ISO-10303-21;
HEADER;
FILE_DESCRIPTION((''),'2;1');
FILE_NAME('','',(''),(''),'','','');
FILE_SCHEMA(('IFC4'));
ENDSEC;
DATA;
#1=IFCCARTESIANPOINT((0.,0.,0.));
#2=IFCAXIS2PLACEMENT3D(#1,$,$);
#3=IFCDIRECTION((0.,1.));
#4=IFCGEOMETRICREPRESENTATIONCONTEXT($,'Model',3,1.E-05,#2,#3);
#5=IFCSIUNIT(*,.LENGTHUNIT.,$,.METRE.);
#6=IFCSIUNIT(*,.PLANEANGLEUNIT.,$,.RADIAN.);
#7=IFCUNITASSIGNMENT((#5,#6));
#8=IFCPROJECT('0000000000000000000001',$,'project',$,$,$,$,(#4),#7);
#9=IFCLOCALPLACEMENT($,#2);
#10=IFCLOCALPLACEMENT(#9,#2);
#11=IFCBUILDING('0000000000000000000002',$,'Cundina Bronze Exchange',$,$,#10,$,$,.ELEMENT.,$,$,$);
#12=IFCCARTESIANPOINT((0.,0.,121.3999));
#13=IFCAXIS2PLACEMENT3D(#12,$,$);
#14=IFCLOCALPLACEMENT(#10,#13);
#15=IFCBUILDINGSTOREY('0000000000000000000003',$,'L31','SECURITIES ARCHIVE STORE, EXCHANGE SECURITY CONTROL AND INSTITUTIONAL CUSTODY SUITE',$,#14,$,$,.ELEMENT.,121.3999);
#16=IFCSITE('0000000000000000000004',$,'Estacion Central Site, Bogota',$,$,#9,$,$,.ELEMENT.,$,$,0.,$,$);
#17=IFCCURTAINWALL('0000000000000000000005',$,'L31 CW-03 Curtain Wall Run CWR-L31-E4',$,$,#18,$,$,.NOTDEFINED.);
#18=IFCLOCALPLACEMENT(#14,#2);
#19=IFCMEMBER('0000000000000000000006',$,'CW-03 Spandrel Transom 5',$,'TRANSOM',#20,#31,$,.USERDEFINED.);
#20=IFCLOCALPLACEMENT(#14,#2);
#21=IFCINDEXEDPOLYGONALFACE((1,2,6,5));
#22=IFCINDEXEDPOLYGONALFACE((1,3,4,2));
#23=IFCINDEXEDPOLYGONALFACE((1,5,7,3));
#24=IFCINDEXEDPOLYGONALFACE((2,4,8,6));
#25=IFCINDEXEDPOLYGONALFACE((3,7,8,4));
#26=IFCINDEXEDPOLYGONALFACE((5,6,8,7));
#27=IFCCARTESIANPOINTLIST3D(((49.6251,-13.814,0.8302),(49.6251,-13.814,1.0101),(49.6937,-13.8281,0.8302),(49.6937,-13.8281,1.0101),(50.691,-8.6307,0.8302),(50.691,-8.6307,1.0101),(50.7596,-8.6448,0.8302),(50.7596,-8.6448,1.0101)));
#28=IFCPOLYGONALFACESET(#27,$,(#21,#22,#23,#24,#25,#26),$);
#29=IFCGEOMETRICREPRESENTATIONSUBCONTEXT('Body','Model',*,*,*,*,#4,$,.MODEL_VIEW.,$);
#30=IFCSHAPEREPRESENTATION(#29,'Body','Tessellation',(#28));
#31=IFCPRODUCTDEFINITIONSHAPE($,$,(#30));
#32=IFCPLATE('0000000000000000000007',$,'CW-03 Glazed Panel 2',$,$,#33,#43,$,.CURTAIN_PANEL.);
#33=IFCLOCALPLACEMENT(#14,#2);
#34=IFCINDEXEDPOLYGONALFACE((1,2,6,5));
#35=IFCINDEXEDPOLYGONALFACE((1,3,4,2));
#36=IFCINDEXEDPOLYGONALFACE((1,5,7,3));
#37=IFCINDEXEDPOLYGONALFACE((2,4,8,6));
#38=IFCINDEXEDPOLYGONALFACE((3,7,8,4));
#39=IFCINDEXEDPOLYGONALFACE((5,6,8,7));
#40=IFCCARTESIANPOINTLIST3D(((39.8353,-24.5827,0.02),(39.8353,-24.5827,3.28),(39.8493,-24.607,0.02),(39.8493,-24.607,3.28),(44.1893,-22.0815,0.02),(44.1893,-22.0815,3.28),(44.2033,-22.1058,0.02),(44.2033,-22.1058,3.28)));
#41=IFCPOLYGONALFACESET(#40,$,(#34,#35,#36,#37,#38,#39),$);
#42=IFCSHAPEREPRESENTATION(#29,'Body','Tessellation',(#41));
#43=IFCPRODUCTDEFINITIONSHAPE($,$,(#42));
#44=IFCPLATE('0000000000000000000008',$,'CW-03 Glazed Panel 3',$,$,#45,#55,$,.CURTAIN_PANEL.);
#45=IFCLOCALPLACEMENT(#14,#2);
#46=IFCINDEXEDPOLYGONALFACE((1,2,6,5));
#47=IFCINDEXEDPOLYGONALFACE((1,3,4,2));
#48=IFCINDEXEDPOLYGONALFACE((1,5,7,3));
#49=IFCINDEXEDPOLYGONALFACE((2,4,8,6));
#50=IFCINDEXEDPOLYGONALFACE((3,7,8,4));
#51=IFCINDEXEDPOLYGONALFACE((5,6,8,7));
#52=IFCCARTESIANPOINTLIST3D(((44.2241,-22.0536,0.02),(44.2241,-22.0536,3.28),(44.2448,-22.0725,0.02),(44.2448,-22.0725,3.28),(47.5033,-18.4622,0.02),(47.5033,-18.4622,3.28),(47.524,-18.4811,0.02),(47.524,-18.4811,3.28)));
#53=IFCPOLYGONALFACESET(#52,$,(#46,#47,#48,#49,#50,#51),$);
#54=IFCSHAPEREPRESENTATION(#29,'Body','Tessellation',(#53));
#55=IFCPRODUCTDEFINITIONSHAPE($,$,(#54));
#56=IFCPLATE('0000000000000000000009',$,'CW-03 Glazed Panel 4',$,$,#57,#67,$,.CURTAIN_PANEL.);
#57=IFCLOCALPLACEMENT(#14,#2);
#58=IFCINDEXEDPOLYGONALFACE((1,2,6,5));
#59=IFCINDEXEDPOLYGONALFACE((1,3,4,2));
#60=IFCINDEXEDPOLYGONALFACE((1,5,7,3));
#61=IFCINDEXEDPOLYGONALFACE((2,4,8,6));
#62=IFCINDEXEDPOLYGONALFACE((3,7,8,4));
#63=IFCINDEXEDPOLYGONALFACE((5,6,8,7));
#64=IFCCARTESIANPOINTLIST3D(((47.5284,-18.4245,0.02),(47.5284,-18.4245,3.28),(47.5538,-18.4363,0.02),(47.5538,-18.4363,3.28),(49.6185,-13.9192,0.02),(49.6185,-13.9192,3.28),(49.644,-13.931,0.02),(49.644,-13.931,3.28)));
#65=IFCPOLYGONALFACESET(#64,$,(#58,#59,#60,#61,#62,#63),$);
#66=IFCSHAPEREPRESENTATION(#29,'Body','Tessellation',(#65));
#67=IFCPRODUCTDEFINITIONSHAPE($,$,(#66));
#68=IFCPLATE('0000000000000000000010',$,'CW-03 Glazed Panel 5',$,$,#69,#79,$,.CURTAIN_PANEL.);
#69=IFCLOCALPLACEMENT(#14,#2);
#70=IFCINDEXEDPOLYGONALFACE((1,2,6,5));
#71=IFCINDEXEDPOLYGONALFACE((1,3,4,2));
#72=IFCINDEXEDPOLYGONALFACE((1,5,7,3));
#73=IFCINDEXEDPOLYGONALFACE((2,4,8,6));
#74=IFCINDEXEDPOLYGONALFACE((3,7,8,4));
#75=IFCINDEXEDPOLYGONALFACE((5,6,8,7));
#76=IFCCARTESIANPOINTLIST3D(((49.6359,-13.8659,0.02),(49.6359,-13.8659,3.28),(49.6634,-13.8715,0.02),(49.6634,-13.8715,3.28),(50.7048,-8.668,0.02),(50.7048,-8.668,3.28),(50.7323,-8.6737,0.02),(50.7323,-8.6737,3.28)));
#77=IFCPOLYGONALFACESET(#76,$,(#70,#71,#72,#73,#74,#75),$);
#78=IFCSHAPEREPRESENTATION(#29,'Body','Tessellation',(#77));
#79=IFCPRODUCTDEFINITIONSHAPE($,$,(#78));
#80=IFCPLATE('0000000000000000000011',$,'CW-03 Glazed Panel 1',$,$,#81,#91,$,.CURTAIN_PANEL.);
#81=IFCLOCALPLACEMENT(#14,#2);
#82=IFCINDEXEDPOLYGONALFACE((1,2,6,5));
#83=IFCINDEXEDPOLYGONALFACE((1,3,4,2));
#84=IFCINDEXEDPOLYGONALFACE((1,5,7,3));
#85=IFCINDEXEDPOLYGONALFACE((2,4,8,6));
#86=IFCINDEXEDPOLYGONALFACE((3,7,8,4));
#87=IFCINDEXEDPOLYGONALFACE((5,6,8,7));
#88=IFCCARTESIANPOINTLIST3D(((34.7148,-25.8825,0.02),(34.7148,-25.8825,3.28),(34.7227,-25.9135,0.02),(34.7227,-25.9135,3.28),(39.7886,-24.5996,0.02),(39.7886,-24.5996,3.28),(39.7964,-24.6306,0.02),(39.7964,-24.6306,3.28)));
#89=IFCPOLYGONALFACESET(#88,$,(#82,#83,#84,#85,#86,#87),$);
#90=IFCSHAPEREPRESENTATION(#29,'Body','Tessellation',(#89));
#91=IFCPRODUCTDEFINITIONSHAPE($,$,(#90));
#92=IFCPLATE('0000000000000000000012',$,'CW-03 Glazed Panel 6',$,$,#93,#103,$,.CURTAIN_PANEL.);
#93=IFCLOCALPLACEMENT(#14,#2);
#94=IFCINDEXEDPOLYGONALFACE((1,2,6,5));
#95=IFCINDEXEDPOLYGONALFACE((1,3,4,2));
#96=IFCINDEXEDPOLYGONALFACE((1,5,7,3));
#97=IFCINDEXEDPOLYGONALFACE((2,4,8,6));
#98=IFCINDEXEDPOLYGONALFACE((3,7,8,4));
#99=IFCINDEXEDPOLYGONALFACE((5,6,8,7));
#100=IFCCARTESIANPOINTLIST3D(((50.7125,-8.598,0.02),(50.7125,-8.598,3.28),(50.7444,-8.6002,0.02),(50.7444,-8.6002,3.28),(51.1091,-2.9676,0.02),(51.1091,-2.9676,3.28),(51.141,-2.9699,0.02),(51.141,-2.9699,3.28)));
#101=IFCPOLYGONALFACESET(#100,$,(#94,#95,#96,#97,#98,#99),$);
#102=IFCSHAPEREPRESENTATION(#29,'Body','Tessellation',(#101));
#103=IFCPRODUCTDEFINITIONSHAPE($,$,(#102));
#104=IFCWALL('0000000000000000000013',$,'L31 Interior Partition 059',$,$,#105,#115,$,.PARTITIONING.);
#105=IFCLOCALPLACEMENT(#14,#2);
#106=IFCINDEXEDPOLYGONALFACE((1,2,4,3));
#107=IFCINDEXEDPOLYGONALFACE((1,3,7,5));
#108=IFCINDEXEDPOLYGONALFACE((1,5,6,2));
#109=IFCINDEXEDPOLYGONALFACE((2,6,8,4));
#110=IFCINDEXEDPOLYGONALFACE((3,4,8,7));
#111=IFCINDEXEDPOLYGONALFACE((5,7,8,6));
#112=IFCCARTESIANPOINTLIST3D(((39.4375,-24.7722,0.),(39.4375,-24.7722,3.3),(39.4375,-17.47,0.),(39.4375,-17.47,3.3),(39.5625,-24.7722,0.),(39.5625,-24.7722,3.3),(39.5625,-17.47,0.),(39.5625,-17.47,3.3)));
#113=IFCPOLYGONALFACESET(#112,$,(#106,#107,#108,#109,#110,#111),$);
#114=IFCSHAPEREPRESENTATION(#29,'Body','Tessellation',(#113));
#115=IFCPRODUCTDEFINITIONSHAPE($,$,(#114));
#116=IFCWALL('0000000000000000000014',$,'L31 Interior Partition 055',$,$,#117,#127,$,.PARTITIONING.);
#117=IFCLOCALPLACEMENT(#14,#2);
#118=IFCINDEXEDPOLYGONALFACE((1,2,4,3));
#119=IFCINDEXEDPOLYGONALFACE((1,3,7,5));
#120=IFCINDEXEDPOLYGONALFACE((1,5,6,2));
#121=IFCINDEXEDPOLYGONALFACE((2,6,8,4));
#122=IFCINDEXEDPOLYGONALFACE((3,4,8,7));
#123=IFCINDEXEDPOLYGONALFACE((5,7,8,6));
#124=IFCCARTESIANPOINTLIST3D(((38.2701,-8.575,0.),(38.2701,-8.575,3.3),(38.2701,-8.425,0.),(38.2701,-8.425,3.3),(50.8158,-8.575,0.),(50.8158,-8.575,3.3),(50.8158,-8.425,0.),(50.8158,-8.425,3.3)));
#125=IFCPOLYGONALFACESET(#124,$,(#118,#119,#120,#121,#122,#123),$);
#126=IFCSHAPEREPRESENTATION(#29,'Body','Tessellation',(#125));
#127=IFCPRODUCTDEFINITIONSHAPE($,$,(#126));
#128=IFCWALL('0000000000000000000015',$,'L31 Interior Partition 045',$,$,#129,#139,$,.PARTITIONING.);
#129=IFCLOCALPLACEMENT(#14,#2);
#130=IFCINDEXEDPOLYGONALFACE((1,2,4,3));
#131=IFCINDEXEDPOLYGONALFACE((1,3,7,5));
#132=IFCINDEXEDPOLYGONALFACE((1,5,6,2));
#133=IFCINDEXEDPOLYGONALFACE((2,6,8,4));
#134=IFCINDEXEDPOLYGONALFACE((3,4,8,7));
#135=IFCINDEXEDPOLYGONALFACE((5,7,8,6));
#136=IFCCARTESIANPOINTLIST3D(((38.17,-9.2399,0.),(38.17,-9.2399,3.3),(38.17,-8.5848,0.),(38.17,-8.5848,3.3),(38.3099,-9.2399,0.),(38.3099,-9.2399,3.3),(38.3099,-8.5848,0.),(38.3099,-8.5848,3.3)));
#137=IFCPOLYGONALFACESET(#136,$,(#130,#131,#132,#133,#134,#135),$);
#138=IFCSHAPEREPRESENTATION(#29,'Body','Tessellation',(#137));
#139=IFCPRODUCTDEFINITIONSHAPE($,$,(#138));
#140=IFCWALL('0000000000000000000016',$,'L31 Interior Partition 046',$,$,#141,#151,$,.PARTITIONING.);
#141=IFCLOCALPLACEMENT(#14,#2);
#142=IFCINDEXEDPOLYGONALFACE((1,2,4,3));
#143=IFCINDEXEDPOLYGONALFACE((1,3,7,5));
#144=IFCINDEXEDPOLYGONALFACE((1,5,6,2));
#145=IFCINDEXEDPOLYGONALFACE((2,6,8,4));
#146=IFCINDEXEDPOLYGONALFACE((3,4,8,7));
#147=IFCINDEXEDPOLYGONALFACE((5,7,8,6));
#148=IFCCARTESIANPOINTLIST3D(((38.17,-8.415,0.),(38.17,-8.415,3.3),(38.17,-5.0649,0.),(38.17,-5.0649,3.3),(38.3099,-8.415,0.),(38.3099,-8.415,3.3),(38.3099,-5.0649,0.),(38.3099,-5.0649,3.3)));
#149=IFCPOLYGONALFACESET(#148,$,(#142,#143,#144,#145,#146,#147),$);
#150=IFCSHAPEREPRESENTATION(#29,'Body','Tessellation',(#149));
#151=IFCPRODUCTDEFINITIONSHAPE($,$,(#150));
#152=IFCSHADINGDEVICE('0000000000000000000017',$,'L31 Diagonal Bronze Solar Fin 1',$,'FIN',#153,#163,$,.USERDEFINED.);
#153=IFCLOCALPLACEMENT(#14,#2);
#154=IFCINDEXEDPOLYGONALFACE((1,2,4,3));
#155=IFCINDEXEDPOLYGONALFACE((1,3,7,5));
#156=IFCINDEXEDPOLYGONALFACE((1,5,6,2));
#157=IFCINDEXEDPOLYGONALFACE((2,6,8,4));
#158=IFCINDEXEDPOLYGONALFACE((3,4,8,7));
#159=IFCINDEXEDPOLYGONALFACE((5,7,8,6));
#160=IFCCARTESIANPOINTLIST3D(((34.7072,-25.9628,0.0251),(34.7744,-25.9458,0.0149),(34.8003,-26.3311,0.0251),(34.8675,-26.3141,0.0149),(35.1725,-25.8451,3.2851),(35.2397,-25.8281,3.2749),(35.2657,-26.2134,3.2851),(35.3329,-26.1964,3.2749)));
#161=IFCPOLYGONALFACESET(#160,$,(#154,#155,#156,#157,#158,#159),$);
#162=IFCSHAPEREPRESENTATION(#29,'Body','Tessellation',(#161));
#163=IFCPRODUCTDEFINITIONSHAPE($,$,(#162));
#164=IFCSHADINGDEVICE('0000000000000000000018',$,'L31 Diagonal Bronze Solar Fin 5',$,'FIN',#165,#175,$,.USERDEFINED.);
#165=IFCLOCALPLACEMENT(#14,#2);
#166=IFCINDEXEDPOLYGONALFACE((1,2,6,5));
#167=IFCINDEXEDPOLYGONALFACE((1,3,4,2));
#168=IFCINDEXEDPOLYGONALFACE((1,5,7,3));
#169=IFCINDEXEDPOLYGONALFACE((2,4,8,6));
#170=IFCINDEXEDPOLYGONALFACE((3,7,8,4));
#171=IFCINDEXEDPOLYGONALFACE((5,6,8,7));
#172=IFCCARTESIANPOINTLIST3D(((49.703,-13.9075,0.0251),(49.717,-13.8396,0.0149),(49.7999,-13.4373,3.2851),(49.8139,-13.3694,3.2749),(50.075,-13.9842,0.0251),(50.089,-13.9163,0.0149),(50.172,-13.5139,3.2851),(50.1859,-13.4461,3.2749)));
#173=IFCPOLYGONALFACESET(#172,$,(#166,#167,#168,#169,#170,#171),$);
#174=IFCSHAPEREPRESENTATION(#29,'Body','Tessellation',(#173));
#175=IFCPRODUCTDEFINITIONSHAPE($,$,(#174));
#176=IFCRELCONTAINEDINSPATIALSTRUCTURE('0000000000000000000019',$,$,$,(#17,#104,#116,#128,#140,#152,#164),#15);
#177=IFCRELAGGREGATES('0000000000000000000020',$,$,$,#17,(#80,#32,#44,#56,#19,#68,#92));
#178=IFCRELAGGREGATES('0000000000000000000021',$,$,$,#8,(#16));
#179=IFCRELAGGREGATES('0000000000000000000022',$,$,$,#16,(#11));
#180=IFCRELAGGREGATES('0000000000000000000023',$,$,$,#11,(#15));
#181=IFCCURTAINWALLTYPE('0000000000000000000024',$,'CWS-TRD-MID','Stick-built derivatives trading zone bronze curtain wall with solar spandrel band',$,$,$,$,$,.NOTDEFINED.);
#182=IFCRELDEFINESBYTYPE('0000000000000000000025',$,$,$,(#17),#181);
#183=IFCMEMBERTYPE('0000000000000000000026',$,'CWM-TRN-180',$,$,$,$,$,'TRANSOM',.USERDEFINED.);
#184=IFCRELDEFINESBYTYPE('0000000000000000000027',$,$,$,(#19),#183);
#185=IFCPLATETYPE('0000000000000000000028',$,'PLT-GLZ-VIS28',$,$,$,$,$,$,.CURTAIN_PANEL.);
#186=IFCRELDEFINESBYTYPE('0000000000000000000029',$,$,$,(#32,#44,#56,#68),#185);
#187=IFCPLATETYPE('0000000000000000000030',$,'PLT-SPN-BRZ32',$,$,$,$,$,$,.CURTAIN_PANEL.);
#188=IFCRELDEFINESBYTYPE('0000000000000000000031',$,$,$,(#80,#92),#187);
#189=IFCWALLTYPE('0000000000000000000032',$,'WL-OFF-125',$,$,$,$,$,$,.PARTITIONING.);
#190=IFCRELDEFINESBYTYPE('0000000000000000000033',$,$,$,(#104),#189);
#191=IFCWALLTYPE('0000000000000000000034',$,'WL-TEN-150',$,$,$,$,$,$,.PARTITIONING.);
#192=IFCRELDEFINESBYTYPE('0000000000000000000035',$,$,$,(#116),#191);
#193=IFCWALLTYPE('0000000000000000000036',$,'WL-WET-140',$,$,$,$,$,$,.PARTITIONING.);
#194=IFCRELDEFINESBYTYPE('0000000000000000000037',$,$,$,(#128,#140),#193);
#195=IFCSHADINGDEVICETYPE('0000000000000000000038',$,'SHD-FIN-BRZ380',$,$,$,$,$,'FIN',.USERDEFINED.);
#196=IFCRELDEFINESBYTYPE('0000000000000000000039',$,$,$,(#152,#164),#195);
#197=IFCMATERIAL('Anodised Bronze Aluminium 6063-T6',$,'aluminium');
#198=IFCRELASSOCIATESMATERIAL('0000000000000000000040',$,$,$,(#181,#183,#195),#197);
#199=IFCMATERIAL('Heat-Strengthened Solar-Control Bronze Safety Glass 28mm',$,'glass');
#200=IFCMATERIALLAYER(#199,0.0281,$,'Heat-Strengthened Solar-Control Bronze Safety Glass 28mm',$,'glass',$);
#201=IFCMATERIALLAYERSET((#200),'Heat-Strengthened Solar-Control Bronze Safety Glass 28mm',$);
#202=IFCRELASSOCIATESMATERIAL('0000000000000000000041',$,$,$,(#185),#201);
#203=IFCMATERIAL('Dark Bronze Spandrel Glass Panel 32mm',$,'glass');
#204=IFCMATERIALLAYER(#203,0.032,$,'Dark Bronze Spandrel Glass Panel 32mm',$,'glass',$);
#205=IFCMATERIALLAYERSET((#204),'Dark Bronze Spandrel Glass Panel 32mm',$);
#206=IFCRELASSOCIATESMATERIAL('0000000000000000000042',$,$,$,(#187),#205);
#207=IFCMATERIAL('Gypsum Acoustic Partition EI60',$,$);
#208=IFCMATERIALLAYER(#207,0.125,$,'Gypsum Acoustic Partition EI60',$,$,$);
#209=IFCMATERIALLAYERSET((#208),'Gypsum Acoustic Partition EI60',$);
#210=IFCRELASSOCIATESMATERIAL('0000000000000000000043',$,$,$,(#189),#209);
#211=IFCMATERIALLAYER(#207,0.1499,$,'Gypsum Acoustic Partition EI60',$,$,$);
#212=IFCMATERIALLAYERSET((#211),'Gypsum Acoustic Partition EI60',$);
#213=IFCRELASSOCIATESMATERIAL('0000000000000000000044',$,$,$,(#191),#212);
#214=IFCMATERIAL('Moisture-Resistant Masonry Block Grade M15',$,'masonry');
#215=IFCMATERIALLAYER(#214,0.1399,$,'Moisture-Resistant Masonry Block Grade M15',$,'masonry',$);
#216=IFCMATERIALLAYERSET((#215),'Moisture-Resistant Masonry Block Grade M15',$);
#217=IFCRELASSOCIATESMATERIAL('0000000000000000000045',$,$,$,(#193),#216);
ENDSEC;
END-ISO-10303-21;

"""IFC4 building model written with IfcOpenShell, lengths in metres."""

from ifc_helpers import new_model, si_unit, direction, frame, frame_2d, origin, origin_2d, place, context, subcontext, project, spatial, rectangle, extrude, material, layer, layer_set, material_profile, profile_set, type_object, element, aggregate, save


model = new_model("IFC4")

# Units and contexts
model_context = context("Model", 3, precision=1e-05, world=origin(), true_north=direction((0.0, 1.0)))
body_context = subcontext(model_context, "Body", "Model", "MODEL_VIEW")
ifc_project = project(units=[si_unit("LENGTHUNIT", "METRE"), si_unit("PLANEANGLEUNIT", "RADIAN")], contexts=[model_context])

# Site, building, storey
site_placement = place(None, origin())
site = spatial("IfcSite", under=ifc_project, at=site_placement, Name="Estacion Central Site, Bogota", CompositionType="ELEMENT", RefElevation=0.0)
building_placement = place(site_placement, origin())
building = spatial("IfcBuilding", under=site, at=building_placement, Name="Cundina Bronze Exchange", CompositionType="ELEMENT")
storey_placement = place(building_placement, frame((0.0, 0.0, 121.3999)))
storey = spatial("IfcBuildingStorey", under=building, at=storey_placement, Name="L31", Description="SECURITIES ARCHIVE STORE, EXCHANGE SECURITY CONTROL AND INSTITUTIONAL CUSTODY SUITE", CompositionType="ELEMENT", Elevation=121.3999)

# Curtain wall, member, plates
ifc_material_1 = material(Name="Anodised Bronze Aluminium 6063-T6", Category="aluminium")
curtain_wall_type = type_object("IfcCurtainWallType", Name="CWS-TRD-MID", Description="Stick-built derivatives trading zone bronze curtain wall with solar spandrel band", PredefinedType="NOTDEFINED", material=ifc_material_1)
curtain_wall_placement = place(storey_placement, origin())
curtain_wall = element("IfcCurtainWall", 1, at=curtain_wall_placement, inside=storey, type_object=curtain_wall_type, Name="L31 CW-03 Curtain Wall Run CWR-L31-E4", PredefinedType="NOTDEFINED")
ifc_material_profile_1 = material_profile(ifc_material_1, rectangle(XDim=0.0701, YDim=0.1799, at=origin_2d()), Name="AL70X180", Category="aluminium")
ifc_profile_set_1 = profile_set([ifc_material_profile_1], Name="Anodised Bronze Aluminium 6063-T6")
member_type_1 = type_object("IfcMemberType", Name="CWM-TRN-180", ElementType="TRANSOM", PredefinedType="USERDEFINED", material=ifc_profile_set_1)
member_1_placement = place(storey_placement, frame((49.6594, -13.821, 0.9202), z_axis=(0.201428, 0.979503, 0.0), x_axis=(-0.979503, 0.201428, 0.0)))
member_1 = element("IfcMember", 2, at=member_1_placement, type_object=member_type_1, Name="CW-03 Spandrel Transom 5", ObjectType="TRANSOM", PredefinedType="USERDEFINED", context=body_context, shape_type="SweptSolid", body=[
    extrude(rectangle(XDim=0.0701, YDim=0.1799, at=origin_2d()), origin(), (0.0, 0.0, 1.0), 5.2917),
])
ifc_material_2 = material(Name="Heat-Strengthened Solar-Control Bronze Safety Glass 28mm", Category="glass")
ifc_layer_1 = layer(ifc_material_2, 0.0281, Name="Heat-Strengthened Solar-Control Bronze Safety Glass 28mm", Category="glass")
ifc_layer_set_1 = layer_set([ifc_layer_1], Name="Heat-Strengthened Solar-Control Bronze Safety Glass 28mm")
plate_type_1 = type_object("IfcPlateType", Name="PLT-GLZ-VIS28", PredefinedType="CURTAIN_PANEL", material=ifc_layer_set_1)
plate_1_placement = place(storey_placement, frame((42.0193, -23.3442, 0.02), z_axis=(0.0, 0.0, 1.0), x_axis=(0.867105, 0.498125, 0.0)))
plate_1 = element("IfcPlate", 3, at=plate_1_placement, type_object=plate_type_1, Name="CW-03 Glazed Panel 2", PredefinedType="CURTAIN_PANEL", context=body_context, shape_type="SweptSolid", body=[
    extrude(rectangle(XDim=5.0212, YDim=0.0281, at=origin_2d()), origin(), (0.0, 0.0, 1.0), 3.26),
])
plate_2_placement = place(storey_placement, frame((45.874, -20.2673, 0.02), z_axis=(0.0, 0.0, 1.0), x_axis=(0.674277, 0.738479, 0.0)))
plate_2 = element("IfcPlate", 4, at=plate_2_placement, type_object=plate_type_1, Name="CW-03 Glazed Panel 3", PredefinedType="CURTAIN_PANEL", context=body_context, shape_type="SweptSolid", body=[
    extrude(rectangle(XDim=4.8633, YDim=0.0281, at=origin_2d()), origin(), (0.0, 0.0, 1.0), 3.26),
])
plate_3_placement = place(storey_placement, frame((48.5862, -16.1777, 0.02), z_axis=(0.0, 0.0, 1.0), x_axis=(0.420846, 0.907132, 0.0)))
plate_3 = element("IfcPlate", 5, at=plate_3_placement, type_object=plate_type_1, Name="CW-03 Glazed Panel 4", PredefinedType="CURTAIN_PANEL", context=body_context, shape_type="SweptSolid", body=[
    extrude(rectangle(XDim=4.9666, YDim=0.0281, at=origin_2d()), origin(), (0.0, 0.0, 1.0), 3.26),
])
plate_4_placement = place(storey_placement, frame((50.1841, -11.2698, 0.02), z_axis=(0.0, 0.0, 1.0), x_axis=(0.20142, 0.979505, 0.0)))
plate_4 = element("IfcPlate", 6, at=plate_4_placement, type_object=plate_type_1, Name="CW-03 Glazed Panel 5", PredefinedType="CURTAIN_PANEL", context=body_context, shape_type="SweptSolid", body=[
    extrude(rectangle(XDim=5.3066, YDim=0.0281, at=origin_2d()), origin(), (0.0, 0.0, 1.0), 3.26),
])
ifc_material_3 = material(Name="Dark Bronze Spandrel Glass Panel 32mm", Category="glass")
ifc_layer_2 = layer(ifc_material_3, 0.032, Name="Dark Bronze Spandrel Glass Panel 32mm", Category="glass")
ifc_layer_set_2 = layer_set([ifc_layer_2], Name="Dark Bronze Spandrel Glass Panel 32mm")
plate_type_2 = type_object("IfcPlateType", Name="PLT-SPN-BRZ32", PredefinedType="CURTAIN_PANEL", material=ifc_layer_set_2)
plate_5_placement = place(storey_placement, frame((37.2556, -25.2566, 0.02), z_axis=(0.0, 0.0, 1.0), x_axis=(0.969488, 0.245138, 0.0)))
plate_5 = element("IfcPlate", 7, at=plate_5_placement, type_object=plate_type_2, Name="CW-03 Glazed Panel 1", PredefinedType="CURTAIN_PANEL", context=body_context, shape_type="SweptSolid", body=[
    extrude(rectangle(XDim=5.2334, YDim=0.032, at=origin_2d()), origin(), (0.0, 0.0, 1.0), 3.26),
])
plate_6_placement = place(storey_placement, frame((50.9268, -5.7839, 0.02), z_axis=(0.0, 0.0, 1.0), x_axis=(0.070279, 0.997527, 0.0)))
plate_6 = element("IfcPlate", 8, at=plate_6_placement, type_object=plate_type_2, Name="CW-03 Glazed Panel 6", PredefinedType="CURTAIN_PANEL", context=body_context, shape_type="SweptSolid", body=[
    extrude(rectangle(XDim=5.6443, YDim=0.032, at=origin_2d()), origin(), (0.0, 0.0, 1.0), 3.26),
])
aggregate(curtain_wall, [plate_5, plate_1, plate_2, plate_3, member_1, plate_4, plate_6])

# Walls
ifc_material_4 = material(Name="Gypsum Acoustic Partition EI60")
ifc_layer_3 = layer(ifc_material_4, 0.125, Name="Gypsum Acoustic Partition EI60")
ifc_layer_set_3 = layer_set([ifc_layer_3], Name="Gypsum Acoustic Partition EI60")
wall_type_1 = type_object("IfcWallType", Name="WL-OFF-125", PredefinedType="PARTITIONING", material=ifc_layer_set_3)
wall_1_placement = place(storey_placement, frame((39.5, -24.7722, 0.0), z_axis=(0.0, 0.0, 1.0), x_axis=(0.0, 1.0, 0.0)))
element("IfcWall", 9, at=wall_1_placement, inside=storey, type_object=wall_type_1, Name="L31 Interior Partition 059", PredefinedType="PARTITIONING", context=body_context, shape_type="SweptSolid", body=[
    extrude(rectangle(XDim=7.3022, YDim=0.125, at=frame_2d((3.6511, 0.0))), origin(), (0.0, 0.0, 1.0), 3.3),
])
ifc_layer_4 = layer(ifc_material_4, 0.1499, Name="Gypsum Acoustic Partition EI60")
ifc_layer_set_4 = layer_set([ifc_layer_4], Name="Gypsum Acoustic Partition EI60")
wall_type_2 = type_object("IfcWallType", Name="WL-TEN-150", PredefinedType="PARTITIONING", material=ifc_layer_set_4)
wall_2_placement = place(storey_placement, frame((38.27, -8.5, 0.0), z_axis=(0.0, 0.0, 1.0), x_axis=(1.0, 0.0, 0.0)))
element("IfcWall", 10, at=wall_2_placement, inside=storey, type_object=wall_type_2, Name="L31 Interior Partition 055", PredefinedType="PARTITIONING", context=body_context, shape_type="SweptSolid", body=[
    extrude(rectangle(XDim=12.5457, YDim=0.1499, at=frame_2d((6.2729, 0.0))), origin(), (0.0, 0.0, 1.0), 3.3),
])
ifc_material_5 = material(Name="Moisture-Resistant Masonry Block Grade M15", Category="masonry")
ifc_layer_5 = layer(ifc_material_5, 0.1399, Name="Moisture-Resistant Masonry Block Grade M15", Category="masonry")
ifc_layer_set_5 = layer_set([ifc_layer_5], Name="Moisture-Resistant Masonry Block Grade M15")
wall_type_3 = type_object("IfcWallType", Name="WL-WET-140", PredefinedType="PARTITIONING", material=ifc_layer_set_5)
wall_3_placement = place(storey_placement, frame((38.24, -9.24, 0.0), z_axis=(0.0, 0.0, 1.0), x_axis=(0.0, 1.0, 0.0)))
element("IfcWall", 11, at=wall_3_placement, inside=storey, type_object=wall_type_3, Name="L31 Interior Partition 045", PredefinedType="PARTITIONING", context=body_context, shape_type="SweptSolid", body=[
    extrude(rectangle(XDim=0.655, YDim=0.1399, at=frame_2d((0.3276, 0.0))), origin(), (0.0, 0.0, 1.0), 3.3),
])
wall_4_placement = place(storey_placement, frame((38.24, -8.415, 0.0), z_axis=(0.0, 0.0, 1.0), x_axis=(0.0, 1.0, 0.0)))
element("IfcWall", 12, at=wall_4_placement, inside=storey, type_object=wall_type_3, Name="L31 Interior Partition 046", PredefinedType="PARTITIONING", context=body_context, shape_type="SweptSolid", body=[
    extrude(rectangle(XDim=3.3501, YDim=0.1399, at=frame_2d((1.675, 0.0))), origin(), (0.0, 0.0, 1.0), 3.3),
])

# Shading devices
ifc_material_profile_2 = material_profile(ifc_material_1, rectangle(XDim=0.0701, YDim=0.3799, at=origin_2d()), Name="FIN70X380", Category="aluminium")
ifc_profile_set_2 = profile_set([ifc_material_profile_2], Name="Anodised Bronze Aluminium 6063-T6")
shading_device_type = type_object("IfcShadingDeviceType", Name="SHD-FIN-BRZ380", ElementType="FIN", PredefinedType="USERDEFINED", material=ifc_profile_set_2)
for number, where, z_axis, x_axis, name in (
    (13, (34.7874, -26.1384, 0.02), (0.141217, 0.035712, 0.989334), (-0.959141, -0.242553, 0.145663), "L31 Diagonal Bronze Solar Fin 1"),
    (14, (49.896, -13.9119, 0.02), (0.029414, 0.142698, 0.989329), (-0.199728, -0.968959, 0.145698), "L31 Diagonal Bronze Solar Fin 5"),
):
    element("IfcShadingDevice", number, at=place(storey_placement, frame(where, z_axis=z_axis, x_axis=x_axis)), inside=storey, type_object=shading_device_type, Name=name, ObjectType="FIN", PredefinedType="USERDEFINED", context=body_context, shape_type="SweptSolid", body=[
        extrude(rectangle(XDim=0.0701, YDim=0.3799, at=origin_2d()), origin(), (0.0, 0.0, 1.0), 3.2952),
    ])

save(model, "model.ifc")
